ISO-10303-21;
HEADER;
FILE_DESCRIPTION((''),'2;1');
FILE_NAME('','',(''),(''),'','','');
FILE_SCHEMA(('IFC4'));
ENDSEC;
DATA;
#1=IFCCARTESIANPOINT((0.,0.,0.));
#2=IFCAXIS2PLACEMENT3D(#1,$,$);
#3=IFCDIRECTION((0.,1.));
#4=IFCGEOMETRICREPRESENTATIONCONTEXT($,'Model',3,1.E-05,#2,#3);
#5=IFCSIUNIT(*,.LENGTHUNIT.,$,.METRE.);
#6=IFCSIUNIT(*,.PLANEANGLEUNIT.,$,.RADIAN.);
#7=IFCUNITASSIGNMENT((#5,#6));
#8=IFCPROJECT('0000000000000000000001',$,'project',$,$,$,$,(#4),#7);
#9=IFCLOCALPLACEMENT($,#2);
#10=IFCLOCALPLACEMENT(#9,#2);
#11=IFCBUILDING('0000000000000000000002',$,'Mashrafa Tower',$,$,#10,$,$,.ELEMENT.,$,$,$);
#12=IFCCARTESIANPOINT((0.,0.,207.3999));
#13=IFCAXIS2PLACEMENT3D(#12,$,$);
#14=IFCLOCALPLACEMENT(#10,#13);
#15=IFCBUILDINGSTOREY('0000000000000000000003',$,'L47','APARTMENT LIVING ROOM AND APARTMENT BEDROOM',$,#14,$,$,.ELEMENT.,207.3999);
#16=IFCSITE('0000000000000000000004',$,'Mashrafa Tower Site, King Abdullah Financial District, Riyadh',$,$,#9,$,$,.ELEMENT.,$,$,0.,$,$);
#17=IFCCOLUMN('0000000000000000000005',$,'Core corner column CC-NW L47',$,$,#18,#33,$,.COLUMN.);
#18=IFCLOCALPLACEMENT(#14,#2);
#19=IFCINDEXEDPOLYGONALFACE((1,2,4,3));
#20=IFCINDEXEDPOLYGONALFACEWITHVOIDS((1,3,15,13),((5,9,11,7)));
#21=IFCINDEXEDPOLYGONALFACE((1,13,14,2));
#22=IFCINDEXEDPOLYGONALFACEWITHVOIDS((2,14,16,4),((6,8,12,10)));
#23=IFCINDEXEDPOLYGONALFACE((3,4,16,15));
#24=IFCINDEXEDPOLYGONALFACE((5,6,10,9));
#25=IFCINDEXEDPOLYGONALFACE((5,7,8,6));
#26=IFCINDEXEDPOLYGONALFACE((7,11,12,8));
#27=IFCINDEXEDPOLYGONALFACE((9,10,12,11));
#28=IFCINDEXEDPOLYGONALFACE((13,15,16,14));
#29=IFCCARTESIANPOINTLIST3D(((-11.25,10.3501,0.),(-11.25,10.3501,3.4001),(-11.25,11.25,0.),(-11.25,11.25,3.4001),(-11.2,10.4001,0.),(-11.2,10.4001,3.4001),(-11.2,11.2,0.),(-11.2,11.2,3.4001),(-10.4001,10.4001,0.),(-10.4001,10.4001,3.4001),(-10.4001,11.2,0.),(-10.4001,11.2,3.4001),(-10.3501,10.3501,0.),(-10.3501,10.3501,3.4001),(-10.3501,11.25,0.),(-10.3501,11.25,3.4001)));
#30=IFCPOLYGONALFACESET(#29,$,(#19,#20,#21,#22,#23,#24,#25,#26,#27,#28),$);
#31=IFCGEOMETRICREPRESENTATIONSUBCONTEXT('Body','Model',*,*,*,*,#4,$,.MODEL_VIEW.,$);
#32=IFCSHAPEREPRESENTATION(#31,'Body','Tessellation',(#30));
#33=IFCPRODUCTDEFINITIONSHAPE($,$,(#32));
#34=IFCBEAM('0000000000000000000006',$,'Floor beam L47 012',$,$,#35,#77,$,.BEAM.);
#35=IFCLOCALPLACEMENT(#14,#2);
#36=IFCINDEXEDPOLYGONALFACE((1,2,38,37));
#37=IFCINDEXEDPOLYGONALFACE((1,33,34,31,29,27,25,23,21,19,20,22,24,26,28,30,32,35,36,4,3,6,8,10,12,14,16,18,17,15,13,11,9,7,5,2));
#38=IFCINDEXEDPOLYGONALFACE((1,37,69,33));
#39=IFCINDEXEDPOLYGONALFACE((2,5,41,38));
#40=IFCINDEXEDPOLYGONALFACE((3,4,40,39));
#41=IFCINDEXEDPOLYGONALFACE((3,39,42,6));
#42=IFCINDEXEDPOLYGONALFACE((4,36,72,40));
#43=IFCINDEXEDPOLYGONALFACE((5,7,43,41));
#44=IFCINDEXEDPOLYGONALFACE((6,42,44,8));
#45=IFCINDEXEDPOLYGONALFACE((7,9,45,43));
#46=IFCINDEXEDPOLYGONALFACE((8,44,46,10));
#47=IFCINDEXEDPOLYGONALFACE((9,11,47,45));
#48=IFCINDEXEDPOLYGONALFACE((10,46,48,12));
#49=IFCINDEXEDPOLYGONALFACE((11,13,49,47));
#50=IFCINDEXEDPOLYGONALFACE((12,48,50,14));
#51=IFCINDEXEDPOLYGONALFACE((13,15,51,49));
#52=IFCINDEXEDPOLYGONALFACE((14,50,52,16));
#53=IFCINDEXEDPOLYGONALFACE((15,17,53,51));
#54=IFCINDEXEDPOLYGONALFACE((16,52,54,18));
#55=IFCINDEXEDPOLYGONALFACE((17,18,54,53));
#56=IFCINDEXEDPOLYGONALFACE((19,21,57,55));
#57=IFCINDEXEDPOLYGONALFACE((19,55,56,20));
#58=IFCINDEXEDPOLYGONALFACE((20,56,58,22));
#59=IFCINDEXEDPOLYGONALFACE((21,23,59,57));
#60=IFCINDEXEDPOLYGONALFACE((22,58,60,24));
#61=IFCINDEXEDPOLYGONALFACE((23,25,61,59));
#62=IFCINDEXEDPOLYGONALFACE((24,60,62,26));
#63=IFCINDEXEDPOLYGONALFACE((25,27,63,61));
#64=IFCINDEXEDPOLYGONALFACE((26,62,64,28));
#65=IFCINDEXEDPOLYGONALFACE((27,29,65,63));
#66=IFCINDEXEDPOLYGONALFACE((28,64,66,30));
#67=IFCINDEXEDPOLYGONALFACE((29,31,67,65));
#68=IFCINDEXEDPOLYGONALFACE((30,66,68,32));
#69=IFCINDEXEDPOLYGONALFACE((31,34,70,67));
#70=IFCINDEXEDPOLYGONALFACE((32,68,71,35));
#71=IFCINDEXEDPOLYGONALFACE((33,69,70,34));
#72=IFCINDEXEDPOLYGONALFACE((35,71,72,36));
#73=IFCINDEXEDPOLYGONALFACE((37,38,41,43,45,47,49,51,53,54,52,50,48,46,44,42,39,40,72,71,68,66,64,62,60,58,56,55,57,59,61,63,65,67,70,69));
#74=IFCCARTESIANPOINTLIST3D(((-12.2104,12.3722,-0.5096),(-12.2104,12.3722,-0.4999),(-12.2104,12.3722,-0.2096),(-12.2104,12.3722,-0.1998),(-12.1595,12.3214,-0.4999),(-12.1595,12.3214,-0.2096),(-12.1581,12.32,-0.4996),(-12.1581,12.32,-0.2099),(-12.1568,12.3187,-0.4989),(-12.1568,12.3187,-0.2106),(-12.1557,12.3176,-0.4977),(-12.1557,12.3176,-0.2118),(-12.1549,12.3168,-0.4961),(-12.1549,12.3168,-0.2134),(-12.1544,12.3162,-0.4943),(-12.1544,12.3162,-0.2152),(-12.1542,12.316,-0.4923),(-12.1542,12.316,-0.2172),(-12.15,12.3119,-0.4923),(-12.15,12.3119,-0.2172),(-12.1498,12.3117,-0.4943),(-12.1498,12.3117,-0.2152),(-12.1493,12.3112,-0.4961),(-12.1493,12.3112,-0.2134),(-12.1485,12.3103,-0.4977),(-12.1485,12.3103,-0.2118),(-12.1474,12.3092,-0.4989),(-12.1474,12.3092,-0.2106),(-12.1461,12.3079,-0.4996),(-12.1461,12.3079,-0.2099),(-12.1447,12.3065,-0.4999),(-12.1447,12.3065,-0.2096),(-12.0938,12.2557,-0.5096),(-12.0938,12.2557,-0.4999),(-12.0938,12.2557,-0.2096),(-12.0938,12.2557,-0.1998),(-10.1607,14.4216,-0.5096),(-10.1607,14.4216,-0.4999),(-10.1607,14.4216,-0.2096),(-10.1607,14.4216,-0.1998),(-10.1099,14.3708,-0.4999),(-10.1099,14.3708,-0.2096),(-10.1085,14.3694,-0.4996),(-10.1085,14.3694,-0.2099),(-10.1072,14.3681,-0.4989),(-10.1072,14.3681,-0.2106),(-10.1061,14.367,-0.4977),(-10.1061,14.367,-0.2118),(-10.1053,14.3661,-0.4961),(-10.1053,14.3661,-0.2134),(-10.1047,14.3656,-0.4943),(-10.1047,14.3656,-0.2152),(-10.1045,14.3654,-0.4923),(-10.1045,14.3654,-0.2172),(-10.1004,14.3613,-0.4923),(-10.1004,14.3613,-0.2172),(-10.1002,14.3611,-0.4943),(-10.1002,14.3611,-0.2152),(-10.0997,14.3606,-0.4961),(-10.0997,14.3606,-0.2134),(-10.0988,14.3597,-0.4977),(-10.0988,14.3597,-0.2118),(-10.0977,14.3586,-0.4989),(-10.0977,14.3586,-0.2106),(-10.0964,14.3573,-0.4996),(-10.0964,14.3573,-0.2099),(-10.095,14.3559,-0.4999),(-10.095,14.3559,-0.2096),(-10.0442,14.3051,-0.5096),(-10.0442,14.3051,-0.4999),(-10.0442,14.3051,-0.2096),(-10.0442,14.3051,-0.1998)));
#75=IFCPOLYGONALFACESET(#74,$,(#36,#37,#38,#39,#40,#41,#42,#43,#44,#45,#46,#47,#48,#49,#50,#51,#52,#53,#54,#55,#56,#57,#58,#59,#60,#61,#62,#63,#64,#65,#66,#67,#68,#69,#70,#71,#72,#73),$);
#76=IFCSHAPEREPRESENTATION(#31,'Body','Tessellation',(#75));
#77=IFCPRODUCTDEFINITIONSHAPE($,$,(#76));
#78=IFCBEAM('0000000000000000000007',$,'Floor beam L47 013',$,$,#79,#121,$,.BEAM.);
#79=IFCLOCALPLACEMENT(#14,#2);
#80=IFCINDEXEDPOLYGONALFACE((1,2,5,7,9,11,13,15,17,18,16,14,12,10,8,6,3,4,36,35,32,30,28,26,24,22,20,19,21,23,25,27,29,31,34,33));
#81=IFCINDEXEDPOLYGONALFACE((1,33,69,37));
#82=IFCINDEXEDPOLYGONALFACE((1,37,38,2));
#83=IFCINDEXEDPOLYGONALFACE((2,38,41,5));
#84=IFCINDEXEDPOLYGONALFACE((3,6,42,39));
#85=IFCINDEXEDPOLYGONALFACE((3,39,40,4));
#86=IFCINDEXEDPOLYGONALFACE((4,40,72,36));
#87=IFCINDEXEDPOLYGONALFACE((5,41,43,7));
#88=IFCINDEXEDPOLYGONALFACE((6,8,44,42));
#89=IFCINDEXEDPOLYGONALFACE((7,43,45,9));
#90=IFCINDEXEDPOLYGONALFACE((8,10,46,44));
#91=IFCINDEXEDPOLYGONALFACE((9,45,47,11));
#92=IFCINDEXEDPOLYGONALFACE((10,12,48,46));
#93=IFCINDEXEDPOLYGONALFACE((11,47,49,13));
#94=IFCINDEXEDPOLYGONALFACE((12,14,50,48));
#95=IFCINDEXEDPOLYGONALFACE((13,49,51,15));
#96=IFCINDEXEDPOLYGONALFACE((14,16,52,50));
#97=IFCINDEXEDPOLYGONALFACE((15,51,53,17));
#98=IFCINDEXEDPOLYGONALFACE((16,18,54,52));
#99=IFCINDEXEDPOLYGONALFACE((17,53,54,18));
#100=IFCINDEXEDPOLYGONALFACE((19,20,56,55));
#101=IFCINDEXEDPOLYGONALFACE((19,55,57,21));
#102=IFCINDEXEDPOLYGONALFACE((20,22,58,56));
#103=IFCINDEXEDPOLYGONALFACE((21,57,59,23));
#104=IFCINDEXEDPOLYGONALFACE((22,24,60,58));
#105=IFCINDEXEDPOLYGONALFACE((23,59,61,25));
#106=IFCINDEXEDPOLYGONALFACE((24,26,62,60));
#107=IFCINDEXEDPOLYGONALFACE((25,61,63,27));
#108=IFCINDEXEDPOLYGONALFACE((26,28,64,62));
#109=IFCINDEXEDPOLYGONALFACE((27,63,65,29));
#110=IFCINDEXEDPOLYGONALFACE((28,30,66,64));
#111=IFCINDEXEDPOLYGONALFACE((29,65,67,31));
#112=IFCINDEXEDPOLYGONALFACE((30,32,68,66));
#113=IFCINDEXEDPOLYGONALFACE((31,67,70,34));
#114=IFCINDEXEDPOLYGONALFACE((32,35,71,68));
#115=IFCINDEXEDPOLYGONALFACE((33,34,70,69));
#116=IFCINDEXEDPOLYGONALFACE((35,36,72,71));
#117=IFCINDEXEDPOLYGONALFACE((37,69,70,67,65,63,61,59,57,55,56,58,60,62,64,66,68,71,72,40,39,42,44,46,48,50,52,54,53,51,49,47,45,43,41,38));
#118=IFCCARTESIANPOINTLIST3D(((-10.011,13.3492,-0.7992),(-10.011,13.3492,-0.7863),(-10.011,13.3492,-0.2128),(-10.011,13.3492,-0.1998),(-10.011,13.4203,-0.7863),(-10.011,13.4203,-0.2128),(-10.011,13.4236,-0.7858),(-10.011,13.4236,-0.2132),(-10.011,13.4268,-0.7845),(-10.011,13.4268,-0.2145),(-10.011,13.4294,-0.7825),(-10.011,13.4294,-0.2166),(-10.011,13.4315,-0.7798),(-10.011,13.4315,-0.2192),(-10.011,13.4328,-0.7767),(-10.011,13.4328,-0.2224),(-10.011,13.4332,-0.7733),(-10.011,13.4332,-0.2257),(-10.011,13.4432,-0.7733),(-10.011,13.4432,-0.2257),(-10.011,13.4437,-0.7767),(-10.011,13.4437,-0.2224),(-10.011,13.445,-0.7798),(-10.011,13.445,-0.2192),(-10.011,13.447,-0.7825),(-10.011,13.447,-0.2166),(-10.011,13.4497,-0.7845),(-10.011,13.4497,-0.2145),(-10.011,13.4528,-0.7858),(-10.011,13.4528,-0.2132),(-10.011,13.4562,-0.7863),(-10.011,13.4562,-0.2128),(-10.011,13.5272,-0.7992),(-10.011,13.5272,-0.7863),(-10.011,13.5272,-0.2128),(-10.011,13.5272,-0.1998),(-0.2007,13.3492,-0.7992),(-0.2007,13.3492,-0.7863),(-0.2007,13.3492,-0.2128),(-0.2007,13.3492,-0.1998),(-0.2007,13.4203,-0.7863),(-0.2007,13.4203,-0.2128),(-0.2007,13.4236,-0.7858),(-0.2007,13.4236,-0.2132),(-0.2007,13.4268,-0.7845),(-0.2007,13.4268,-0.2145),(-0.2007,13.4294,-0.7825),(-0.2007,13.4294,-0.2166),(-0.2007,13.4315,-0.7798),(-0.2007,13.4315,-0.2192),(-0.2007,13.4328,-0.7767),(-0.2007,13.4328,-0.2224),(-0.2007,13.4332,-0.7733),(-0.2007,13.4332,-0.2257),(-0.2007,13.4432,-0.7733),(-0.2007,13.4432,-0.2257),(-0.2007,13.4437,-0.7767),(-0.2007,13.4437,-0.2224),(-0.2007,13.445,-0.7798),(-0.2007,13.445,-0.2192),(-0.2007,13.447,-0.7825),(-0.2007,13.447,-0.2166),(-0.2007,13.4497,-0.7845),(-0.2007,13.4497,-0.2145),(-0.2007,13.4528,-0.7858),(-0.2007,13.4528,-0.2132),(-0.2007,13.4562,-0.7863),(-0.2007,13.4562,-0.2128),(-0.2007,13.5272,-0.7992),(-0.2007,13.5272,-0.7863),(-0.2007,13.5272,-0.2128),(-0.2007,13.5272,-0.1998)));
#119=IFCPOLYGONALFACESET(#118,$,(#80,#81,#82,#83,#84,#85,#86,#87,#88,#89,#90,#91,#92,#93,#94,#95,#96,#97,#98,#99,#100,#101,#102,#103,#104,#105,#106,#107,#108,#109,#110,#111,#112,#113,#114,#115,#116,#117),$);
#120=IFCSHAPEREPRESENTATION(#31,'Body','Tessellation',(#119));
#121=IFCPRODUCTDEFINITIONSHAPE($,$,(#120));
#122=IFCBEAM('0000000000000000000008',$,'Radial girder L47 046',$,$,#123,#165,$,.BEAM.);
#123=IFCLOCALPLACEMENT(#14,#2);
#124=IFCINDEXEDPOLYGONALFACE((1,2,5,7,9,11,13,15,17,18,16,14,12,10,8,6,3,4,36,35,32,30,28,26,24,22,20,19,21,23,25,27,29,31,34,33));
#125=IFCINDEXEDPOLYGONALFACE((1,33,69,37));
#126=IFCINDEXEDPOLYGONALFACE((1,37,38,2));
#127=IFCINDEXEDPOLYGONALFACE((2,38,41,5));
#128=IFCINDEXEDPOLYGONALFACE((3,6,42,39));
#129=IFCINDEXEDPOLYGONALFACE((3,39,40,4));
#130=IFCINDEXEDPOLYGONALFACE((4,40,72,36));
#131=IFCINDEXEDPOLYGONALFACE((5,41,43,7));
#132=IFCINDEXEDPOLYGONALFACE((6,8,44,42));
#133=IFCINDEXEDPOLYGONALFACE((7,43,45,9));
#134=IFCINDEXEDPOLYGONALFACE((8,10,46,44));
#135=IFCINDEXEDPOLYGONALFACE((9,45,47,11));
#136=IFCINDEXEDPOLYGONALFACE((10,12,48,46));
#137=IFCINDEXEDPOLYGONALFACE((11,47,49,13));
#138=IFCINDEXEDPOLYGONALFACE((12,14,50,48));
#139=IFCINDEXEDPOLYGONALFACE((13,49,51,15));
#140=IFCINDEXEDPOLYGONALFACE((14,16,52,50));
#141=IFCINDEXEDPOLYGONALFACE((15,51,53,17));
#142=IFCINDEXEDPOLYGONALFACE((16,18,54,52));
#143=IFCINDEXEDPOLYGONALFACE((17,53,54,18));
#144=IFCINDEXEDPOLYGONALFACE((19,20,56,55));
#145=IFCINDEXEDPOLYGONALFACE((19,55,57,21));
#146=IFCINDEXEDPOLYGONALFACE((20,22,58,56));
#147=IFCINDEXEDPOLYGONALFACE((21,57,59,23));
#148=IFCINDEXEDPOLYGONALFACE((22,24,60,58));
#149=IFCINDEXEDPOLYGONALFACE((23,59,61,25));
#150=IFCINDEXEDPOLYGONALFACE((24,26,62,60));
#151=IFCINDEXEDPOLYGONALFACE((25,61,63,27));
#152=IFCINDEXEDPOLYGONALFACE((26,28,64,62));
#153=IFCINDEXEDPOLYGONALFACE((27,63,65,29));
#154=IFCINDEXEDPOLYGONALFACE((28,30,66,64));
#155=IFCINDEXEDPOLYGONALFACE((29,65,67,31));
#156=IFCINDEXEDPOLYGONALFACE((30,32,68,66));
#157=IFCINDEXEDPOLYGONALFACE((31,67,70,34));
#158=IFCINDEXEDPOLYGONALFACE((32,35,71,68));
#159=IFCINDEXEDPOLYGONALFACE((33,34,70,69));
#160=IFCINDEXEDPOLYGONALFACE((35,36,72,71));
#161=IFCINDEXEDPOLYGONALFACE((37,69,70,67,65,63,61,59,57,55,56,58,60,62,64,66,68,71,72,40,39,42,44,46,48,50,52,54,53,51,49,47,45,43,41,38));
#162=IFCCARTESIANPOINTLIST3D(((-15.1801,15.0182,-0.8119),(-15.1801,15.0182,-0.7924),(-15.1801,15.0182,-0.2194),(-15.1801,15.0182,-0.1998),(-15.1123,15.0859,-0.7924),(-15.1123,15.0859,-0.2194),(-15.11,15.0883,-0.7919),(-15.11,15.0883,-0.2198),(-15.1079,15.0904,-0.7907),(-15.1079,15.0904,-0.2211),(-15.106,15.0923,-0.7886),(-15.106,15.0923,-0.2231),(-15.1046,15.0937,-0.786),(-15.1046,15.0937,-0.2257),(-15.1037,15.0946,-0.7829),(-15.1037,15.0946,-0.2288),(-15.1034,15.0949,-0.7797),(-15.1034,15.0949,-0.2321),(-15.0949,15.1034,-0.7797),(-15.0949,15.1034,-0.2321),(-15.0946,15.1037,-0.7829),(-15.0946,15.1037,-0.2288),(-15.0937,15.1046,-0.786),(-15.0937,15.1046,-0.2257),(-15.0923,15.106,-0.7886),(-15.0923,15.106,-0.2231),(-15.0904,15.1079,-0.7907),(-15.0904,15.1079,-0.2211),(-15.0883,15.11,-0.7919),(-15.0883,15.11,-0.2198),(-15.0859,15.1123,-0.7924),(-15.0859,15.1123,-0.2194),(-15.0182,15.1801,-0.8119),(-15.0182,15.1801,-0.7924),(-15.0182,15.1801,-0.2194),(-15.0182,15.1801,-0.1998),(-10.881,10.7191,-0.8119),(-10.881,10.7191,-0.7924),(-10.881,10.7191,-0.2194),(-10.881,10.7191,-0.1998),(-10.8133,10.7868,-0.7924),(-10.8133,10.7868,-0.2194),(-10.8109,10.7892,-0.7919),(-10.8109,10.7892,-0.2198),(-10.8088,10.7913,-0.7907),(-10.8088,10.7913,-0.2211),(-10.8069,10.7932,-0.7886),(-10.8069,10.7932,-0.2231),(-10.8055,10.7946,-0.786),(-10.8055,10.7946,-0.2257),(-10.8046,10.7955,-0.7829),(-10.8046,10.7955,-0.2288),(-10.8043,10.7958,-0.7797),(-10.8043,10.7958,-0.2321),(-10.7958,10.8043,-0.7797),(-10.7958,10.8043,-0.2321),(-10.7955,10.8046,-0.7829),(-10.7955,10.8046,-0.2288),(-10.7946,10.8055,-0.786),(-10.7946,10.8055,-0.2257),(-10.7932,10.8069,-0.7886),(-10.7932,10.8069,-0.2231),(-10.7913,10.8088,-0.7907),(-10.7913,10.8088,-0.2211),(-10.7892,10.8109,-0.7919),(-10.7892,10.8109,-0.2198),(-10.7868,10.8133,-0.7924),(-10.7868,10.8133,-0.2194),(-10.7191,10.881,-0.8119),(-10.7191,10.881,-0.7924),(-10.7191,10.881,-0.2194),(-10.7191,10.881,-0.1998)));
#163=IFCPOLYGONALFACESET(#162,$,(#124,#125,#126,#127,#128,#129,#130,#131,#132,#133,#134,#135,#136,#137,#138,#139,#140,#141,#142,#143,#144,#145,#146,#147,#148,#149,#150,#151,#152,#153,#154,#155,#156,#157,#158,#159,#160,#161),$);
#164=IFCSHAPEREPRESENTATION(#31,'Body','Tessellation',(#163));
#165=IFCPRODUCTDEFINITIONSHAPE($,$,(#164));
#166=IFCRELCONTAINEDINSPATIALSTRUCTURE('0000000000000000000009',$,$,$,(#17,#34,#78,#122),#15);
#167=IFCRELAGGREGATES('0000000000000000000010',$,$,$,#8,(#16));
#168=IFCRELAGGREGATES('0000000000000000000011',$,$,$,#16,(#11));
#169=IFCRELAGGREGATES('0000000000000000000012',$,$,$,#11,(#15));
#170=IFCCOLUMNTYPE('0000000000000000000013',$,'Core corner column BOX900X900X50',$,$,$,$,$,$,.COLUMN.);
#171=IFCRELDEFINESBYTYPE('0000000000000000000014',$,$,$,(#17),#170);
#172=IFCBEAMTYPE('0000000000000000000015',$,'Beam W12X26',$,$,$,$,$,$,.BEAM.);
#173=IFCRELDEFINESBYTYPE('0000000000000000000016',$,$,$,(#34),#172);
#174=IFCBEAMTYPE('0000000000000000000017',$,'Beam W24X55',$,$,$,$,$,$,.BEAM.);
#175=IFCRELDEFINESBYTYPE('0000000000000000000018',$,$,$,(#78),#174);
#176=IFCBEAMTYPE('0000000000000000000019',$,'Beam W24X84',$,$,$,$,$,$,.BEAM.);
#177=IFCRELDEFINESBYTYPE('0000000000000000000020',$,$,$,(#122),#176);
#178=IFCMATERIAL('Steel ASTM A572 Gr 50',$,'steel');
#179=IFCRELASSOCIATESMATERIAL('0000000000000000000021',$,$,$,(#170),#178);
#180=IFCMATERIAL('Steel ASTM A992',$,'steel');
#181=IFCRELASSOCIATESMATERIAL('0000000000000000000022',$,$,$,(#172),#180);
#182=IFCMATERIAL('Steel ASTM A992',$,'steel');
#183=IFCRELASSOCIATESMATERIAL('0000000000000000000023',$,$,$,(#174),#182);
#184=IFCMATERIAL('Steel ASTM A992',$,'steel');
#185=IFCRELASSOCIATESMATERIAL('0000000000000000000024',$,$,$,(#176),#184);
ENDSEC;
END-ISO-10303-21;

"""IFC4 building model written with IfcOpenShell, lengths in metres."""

from ifc_helpers import new_model, si_unit, direction, frame, origin, origin_2d, place, context, subcontext, project, spatial, hollow_rectangle, i_section, extrude, material, material_profile, profile_set, type_object, element, save


model = new_model("IFC4")

# Units and contexts
model_context = context("Model", 3, precision=1e-05, world=origin(), true_north=direction((0.0, 1.0)))
body_context = subcontext(model_context, "Body", "Model", "MODEL_VIEW")
ifc_project = project(units=[si_unit("LENGTHUNIT", "METRE"), si_unit("PLANEANGLEUNIT", "RADIAN")], contexts=[model_context])

# Site, building, storey
site_placement = place(None, origin())
site = spatial("IfcSite", under=ifc_project, at=site_placement, Name="Mashrafa Tower Site, King Abdullah Financial District, Riyadh", CompositionType="ELEMENT", RefElevation=0.0)
building_placement = place(site_placement, origin())
building = spatial("IfcBuilding", under=site, at=building_placement, Name="Mashrafa Tower", CompositionType="ELEMENT")
storey_placement = place(building_placement, frame((0.0, 0.0, 207.3999)))
storey = spatial("IfcBuildingStorey", under=building, at=storey_placement, Name="L47", Description="APARTMENT LIVING ROOM AND APARTMENT BEDROOM", CompositionType="ELEMENT", Elevation=207.3999)

# Column
ifc_material_1 = material(Name="Steel ASTM A572 Gr 50", Category="steel")
ifc_material_profile_1 = material_profile(ifc_material_1, hollow_rectangle(XDim=0.8999, YDim=0.8999, WallThickness=0.05, at=origin_2d()), Name="BOX900X900X50")
ifc_profile_set_1 = profile_set([ifc_material_profile_1], Name="Steel ASTM A572 Gr 50")
column_type = type_object("IfcColumnType", Name="Core corner column BOX900X900X50", PredefinedType="COLUMN", material=ifc_profile_set_1)
column_placement = place(storey_placement, frame((-10.8, 10.8, 0.0), z_axis=(0.0, 0.0, 1.0), x_axis=(1.0, 0.0, 0.0)))
element("IfcColumn", 1, at=column_placement, inside=storey, type_object=column_type, Name="Core corner column CC-NW L47", PredefinedType="COLUMN", context=body_context, shape_type="SweptSolid", body=[
    extrude(hollow_rectangle(XDim=0.8999, YDim=0.8999, WallThickness=0.05, at=origin_2d()), origin(), (0.0, 0.0, 1.0), 3.4001),
])

# Beams
ifc_material_2 = material(Name="Steel ASTM A992", Category="steel")
ifc_material_profile_2 = material_profile(ifc_material_2, i_section(OverallWidth=0.1648, OverallDepth=0.3098, WebThickness=0.0059, FlangeThickness=0.0098, FilletRadius=0.0076, at=origin_2d()), Name="W12X26")
ifc_profile_set_2 = profile_set([ifc_material_profile_2], Name="Steel ASTM A992")
beam_type_1 = type_object("IfcBeamType", Name="Beam W12X26", PredefinedType="BEAM", material=ifc_profile_set_2)
beam_1_placement = place(storey_placement, frame((-12.1521, 12.314, -0.3547), z_axis=(0.707149, 0.707065, 0.0), x_axis=(-0.707065, 0.707149, 0.0)))
element("IfcBeam", 2, at=beam_1_placement, inside=storey, type_object=beam_type_1, Name="Floor beam L47 012", PredefinedType="BEAM", context=body_context, shape_type="SweptSolid", body=[
    extrude(i_section(OverallWidth=0.1648, OverallDepth=0.3098, WebThickness=0.0059, FlangeThickness=0.0098, FilletRadius=0.0076, at=origin_2d()), origin(), (0.0, 0.0, 1.0), 2.8984),
])
ifc_material_3 = material(Name="Steel ASTM A992", Category="steel")
ifc_material_profile_3 = material_profile(ifc_material_3, i_section(OverallWidth=0.178, OverallDepth=0.5994, WebThickness=0.01, FlangeThickness=0.0129, FilletRadius=0.0129, at=origin_2d()), Name="W24X55")
ifc_profile_set_3 = profile_set([ifc_material_profile_3], Name="Steel ASTM A992")
beam_type_2 = type_object("IfcBeamType", Name="Beam W24X55", PredefinedType="BEAM", material=ifc_profile_set_3)
beam_2_placement = place(storey_placement, frame((-10.011, 13.4382, -0.4995), z_axis=(1.0, 0.0, 0.0), x_axis=(0.0, 1.0, 0.0)))
element("IfcBeam", 3, at=beam_2_placement, inside=storey, type_object=beam_type_2, Name="Floor beam L47 013", PredefinedType="BEAM", context=body_context, shape_type="SweptSolid", body=[
    extrude(i_section(OverallWidth=0.178, OverallDepth=0.5994, WebThickness=0.01, FlangeThickness=0.0129, FilletRadius=0.0129, at=origin_2d()), origin(), (0.0, 0.0, 1.0), 9.8103),
])
ifc_material_4 = material(Name="Steel ASTM A992", Category="steel")
ifc_material_profile_4 = material_profile(ifc_material_4, i_section(OverallWidth=0.229, OverallDepth=0.6121, WebThickness=0.012, FlangeThickness=0.0195, FilletRadius=0.0127, at=origin_2d()), Name="W24X84")
ifc_profile_set_4 = profile_set([ifc_material_profile_4], Name="Steel ASTM A992")
beam_type_3 = type_object("IfcBeamType", Name="Beam W24X84", PredefinedType="BEAM", material=ifc_profile_set_4)
beam_3_placement = place(storey_placement, frame((-10.8, 10.8, -0.5059), z_axis=(-0.707107, 0.707107, 0.0), x_axis=(-0.707107, -0.707107, 0.0)))
element("IfcBeam", 4, at=beam_3_placement, inside=storey, type_object=beam_type_3, Name="Radial girder L47 046", PredefinedType="BEAM", context=body_context, shape_type="SweptSolid", body=[
    extrude(i_section(OverallWidth=0.229, OverallDepth=0.6121, WebThickness=0.012, FlangeThickness=0.0195, FilletRadius=0.0127, at=origin_2d()), origin(), (0.0, 0.0, 1.0), 6.0798),
])

save(model, "model.ifc")
